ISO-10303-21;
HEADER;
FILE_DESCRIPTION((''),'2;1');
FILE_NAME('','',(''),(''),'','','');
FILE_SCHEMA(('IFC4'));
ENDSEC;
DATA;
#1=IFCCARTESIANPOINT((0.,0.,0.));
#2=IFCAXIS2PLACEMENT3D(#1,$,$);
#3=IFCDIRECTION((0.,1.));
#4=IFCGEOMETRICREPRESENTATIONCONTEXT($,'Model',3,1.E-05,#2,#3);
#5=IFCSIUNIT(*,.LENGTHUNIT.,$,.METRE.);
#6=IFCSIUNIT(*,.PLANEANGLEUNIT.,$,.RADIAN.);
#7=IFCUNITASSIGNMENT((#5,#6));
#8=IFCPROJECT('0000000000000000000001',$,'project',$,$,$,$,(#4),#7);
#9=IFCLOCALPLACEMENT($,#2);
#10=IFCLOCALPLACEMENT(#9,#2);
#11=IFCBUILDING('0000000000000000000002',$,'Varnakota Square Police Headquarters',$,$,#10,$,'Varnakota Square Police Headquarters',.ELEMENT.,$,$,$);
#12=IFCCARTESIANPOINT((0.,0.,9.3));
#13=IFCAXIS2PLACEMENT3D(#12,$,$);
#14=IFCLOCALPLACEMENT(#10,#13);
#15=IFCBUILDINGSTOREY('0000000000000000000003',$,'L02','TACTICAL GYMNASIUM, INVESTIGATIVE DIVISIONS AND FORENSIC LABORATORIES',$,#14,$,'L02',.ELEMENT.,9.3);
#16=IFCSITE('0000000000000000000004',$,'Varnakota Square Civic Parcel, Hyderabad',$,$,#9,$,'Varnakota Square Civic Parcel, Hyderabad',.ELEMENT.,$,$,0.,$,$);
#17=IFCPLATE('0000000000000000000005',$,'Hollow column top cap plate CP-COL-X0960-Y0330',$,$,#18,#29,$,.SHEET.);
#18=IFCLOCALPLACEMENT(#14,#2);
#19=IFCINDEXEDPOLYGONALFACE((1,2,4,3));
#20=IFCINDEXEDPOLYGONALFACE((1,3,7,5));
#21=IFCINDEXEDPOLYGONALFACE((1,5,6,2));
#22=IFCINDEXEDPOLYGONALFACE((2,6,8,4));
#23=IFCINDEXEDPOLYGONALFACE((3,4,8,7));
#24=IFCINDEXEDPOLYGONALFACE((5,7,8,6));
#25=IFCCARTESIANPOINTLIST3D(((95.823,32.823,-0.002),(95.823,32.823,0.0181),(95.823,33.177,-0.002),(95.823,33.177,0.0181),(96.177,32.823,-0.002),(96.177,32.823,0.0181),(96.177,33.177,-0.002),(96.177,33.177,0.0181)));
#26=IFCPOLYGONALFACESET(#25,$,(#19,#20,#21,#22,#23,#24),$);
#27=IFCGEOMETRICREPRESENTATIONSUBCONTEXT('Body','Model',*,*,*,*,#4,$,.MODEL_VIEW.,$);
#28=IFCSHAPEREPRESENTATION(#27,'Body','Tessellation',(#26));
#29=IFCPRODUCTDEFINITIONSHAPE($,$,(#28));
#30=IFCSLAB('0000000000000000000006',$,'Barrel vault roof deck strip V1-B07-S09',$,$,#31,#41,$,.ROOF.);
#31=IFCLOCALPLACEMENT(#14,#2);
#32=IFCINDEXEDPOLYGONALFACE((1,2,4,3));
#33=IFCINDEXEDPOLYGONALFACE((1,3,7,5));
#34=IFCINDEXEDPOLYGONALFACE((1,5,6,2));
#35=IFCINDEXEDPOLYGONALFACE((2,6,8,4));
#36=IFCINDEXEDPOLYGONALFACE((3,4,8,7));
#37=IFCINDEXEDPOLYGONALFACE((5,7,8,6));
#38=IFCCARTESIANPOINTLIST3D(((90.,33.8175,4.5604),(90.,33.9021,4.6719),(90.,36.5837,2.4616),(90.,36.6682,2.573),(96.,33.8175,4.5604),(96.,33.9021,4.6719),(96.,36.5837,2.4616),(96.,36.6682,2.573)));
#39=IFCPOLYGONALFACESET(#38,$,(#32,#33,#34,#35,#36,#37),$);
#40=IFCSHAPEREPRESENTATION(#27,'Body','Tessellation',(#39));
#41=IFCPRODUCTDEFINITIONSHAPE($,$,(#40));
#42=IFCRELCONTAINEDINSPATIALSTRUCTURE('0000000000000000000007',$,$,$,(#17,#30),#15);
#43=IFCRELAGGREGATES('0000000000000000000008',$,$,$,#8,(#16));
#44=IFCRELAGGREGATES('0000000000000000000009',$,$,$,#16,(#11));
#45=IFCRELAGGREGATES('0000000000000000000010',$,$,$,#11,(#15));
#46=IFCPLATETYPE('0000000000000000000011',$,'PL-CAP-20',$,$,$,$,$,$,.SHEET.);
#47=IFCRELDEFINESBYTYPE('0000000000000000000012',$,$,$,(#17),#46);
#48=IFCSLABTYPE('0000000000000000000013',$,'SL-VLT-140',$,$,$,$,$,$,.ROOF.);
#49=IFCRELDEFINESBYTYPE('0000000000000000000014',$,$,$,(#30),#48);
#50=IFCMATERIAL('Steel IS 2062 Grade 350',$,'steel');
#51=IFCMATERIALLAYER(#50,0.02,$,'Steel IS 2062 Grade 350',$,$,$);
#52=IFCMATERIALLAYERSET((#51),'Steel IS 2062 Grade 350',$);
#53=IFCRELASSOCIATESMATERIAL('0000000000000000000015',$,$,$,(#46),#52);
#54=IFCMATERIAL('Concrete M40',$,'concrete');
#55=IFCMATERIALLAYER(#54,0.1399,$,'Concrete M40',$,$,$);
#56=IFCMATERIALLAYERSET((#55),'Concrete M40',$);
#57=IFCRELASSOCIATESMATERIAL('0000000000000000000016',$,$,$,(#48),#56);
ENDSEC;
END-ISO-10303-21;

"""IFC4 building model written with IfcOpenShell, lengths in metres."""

from ifc_helpers import new_model, si_unit, direction, frame, origin, origin_2d, place, context, subcontext, project, spatial, polyline, rectangle, outline, extrude, material, layer, layer_set, type_object, element, save


model = new_model("IFC4")

# Units and contexts
model_context = context("Model", 3, precision=1e-05, world=origin(), true_north=direction((0.0, 1.0)))
body_context = subcontext(model_context, "Body", "Model", "MODEL_VIEW")
ifc_project = project(units=[si_unit("LENGTHUNIT", "METRE"), si_unit("PLANEANGLEUNIT", "RADIAN")], contexts=[model_context])

# Site, building, storey
site_placement = place(None, origin())
site = spatial("IfcSite", under=ifc_project, at=site_placement, Name="Varnakota Square Civic Parcel, Hyderabad", LongName="Varnakota Square Civic Parcel, Hyderabad", CompositionType="ELEMENT", RefElevation=0.0)
building_placement = place(site_placement, origin())
building = spatial("IfcBuilding", under=site, at=building_placement, Name="Varnakota Square Police Headquarters", LongName="Varnakota Square Police Headquarters", CompositionType="ELEMENT")
storey_placement = place(building_placement, frame((0.0, 0.0, 9.3)))
storey = spatial("IfcBuildingStorey", under=building, at=storey_placement, Name="L02", Description="TACTICAL GYMNASIUM, INVESTIGATIVE DIVISIONS AND FORENSIC LABORATORIES", LongName="L02", CompositionType="ELEMENT", Elevation=9.3)

# Shared definitions
ifc_material_1 = material(Name="Steel IS 2062 Grade 350", Category="steel")

# Plate
ifc_layer_1 = layer(ifc_material_1, 0.02, Name="Steel IS 2062 Grade 350")
ifc_layer_set_1 = layer_set([ifc_layer_1], Name="Steel IS 2062 Grade 350")
plate_type_1 = type_object("IfcPlateType", Name="PL-CAP-20", PredefinedType="SHEET", material=ifc_layer_set_1)
plate_1_placement = place(storey_placement, frame((96.0, 33.0, -0.002), z_axis=(0.0, 0.0, 1.0), x_axis=(1.0, 0.0, 0.0)))
element("IfcPlate", 1, at=plate_1_placement, inside=storey, type_object=plate_type_1, Name="Hollow column top cap plate CP-COL-X0960-Y0330", PredefinedType="SHEET", context=body_context, shape_type="SweptSolid", body=[
    extrude(rectangle(XDim=0.354, YDim=0.354, at=origin_2d()), origin(), (0.0, 0.0, 1.0), 0.02),
])

# Slab
ifc_material_2 = material(Name="Concrete M40", Category="concrete")
ifc_layer_2 = layer(ifc_material_2, 0.1399, Name="Concrete M40")
ifc_layer_set_2 = layer_set([ifc_layer_2], Name="Concrete M40")
slab_type = type_object("IfcSlabType", Name="SL-VLT-140", PredefinedType="ROOF", material=ifc_layer_set_2)
slab_placement = place(storey_placement, frame((90.0, 33.9021, 4.6719), z_axis=(0.0, 0.604468, 0.796629), x_axis=(1.0, 0.0, 0.0)))
element("IfcSlab", 2, at=slab_placement, inside=storey, type_object=slab_type, Name="Barrel vault roof deck strip V1-B07-S09", PredefinedType="ROOF", context=body_context, shape_type="SweptSolid", body=[
    extrude(outline(polyline([(0.0, 0.0), (6.0, 0.0), (6.0, 3.4723), (0.0, 3.4723), (0.0, 0.0)])), origin(), (0.0, 0.0, -1.0), 0.1399),
])

save(model, "model.ifc")
